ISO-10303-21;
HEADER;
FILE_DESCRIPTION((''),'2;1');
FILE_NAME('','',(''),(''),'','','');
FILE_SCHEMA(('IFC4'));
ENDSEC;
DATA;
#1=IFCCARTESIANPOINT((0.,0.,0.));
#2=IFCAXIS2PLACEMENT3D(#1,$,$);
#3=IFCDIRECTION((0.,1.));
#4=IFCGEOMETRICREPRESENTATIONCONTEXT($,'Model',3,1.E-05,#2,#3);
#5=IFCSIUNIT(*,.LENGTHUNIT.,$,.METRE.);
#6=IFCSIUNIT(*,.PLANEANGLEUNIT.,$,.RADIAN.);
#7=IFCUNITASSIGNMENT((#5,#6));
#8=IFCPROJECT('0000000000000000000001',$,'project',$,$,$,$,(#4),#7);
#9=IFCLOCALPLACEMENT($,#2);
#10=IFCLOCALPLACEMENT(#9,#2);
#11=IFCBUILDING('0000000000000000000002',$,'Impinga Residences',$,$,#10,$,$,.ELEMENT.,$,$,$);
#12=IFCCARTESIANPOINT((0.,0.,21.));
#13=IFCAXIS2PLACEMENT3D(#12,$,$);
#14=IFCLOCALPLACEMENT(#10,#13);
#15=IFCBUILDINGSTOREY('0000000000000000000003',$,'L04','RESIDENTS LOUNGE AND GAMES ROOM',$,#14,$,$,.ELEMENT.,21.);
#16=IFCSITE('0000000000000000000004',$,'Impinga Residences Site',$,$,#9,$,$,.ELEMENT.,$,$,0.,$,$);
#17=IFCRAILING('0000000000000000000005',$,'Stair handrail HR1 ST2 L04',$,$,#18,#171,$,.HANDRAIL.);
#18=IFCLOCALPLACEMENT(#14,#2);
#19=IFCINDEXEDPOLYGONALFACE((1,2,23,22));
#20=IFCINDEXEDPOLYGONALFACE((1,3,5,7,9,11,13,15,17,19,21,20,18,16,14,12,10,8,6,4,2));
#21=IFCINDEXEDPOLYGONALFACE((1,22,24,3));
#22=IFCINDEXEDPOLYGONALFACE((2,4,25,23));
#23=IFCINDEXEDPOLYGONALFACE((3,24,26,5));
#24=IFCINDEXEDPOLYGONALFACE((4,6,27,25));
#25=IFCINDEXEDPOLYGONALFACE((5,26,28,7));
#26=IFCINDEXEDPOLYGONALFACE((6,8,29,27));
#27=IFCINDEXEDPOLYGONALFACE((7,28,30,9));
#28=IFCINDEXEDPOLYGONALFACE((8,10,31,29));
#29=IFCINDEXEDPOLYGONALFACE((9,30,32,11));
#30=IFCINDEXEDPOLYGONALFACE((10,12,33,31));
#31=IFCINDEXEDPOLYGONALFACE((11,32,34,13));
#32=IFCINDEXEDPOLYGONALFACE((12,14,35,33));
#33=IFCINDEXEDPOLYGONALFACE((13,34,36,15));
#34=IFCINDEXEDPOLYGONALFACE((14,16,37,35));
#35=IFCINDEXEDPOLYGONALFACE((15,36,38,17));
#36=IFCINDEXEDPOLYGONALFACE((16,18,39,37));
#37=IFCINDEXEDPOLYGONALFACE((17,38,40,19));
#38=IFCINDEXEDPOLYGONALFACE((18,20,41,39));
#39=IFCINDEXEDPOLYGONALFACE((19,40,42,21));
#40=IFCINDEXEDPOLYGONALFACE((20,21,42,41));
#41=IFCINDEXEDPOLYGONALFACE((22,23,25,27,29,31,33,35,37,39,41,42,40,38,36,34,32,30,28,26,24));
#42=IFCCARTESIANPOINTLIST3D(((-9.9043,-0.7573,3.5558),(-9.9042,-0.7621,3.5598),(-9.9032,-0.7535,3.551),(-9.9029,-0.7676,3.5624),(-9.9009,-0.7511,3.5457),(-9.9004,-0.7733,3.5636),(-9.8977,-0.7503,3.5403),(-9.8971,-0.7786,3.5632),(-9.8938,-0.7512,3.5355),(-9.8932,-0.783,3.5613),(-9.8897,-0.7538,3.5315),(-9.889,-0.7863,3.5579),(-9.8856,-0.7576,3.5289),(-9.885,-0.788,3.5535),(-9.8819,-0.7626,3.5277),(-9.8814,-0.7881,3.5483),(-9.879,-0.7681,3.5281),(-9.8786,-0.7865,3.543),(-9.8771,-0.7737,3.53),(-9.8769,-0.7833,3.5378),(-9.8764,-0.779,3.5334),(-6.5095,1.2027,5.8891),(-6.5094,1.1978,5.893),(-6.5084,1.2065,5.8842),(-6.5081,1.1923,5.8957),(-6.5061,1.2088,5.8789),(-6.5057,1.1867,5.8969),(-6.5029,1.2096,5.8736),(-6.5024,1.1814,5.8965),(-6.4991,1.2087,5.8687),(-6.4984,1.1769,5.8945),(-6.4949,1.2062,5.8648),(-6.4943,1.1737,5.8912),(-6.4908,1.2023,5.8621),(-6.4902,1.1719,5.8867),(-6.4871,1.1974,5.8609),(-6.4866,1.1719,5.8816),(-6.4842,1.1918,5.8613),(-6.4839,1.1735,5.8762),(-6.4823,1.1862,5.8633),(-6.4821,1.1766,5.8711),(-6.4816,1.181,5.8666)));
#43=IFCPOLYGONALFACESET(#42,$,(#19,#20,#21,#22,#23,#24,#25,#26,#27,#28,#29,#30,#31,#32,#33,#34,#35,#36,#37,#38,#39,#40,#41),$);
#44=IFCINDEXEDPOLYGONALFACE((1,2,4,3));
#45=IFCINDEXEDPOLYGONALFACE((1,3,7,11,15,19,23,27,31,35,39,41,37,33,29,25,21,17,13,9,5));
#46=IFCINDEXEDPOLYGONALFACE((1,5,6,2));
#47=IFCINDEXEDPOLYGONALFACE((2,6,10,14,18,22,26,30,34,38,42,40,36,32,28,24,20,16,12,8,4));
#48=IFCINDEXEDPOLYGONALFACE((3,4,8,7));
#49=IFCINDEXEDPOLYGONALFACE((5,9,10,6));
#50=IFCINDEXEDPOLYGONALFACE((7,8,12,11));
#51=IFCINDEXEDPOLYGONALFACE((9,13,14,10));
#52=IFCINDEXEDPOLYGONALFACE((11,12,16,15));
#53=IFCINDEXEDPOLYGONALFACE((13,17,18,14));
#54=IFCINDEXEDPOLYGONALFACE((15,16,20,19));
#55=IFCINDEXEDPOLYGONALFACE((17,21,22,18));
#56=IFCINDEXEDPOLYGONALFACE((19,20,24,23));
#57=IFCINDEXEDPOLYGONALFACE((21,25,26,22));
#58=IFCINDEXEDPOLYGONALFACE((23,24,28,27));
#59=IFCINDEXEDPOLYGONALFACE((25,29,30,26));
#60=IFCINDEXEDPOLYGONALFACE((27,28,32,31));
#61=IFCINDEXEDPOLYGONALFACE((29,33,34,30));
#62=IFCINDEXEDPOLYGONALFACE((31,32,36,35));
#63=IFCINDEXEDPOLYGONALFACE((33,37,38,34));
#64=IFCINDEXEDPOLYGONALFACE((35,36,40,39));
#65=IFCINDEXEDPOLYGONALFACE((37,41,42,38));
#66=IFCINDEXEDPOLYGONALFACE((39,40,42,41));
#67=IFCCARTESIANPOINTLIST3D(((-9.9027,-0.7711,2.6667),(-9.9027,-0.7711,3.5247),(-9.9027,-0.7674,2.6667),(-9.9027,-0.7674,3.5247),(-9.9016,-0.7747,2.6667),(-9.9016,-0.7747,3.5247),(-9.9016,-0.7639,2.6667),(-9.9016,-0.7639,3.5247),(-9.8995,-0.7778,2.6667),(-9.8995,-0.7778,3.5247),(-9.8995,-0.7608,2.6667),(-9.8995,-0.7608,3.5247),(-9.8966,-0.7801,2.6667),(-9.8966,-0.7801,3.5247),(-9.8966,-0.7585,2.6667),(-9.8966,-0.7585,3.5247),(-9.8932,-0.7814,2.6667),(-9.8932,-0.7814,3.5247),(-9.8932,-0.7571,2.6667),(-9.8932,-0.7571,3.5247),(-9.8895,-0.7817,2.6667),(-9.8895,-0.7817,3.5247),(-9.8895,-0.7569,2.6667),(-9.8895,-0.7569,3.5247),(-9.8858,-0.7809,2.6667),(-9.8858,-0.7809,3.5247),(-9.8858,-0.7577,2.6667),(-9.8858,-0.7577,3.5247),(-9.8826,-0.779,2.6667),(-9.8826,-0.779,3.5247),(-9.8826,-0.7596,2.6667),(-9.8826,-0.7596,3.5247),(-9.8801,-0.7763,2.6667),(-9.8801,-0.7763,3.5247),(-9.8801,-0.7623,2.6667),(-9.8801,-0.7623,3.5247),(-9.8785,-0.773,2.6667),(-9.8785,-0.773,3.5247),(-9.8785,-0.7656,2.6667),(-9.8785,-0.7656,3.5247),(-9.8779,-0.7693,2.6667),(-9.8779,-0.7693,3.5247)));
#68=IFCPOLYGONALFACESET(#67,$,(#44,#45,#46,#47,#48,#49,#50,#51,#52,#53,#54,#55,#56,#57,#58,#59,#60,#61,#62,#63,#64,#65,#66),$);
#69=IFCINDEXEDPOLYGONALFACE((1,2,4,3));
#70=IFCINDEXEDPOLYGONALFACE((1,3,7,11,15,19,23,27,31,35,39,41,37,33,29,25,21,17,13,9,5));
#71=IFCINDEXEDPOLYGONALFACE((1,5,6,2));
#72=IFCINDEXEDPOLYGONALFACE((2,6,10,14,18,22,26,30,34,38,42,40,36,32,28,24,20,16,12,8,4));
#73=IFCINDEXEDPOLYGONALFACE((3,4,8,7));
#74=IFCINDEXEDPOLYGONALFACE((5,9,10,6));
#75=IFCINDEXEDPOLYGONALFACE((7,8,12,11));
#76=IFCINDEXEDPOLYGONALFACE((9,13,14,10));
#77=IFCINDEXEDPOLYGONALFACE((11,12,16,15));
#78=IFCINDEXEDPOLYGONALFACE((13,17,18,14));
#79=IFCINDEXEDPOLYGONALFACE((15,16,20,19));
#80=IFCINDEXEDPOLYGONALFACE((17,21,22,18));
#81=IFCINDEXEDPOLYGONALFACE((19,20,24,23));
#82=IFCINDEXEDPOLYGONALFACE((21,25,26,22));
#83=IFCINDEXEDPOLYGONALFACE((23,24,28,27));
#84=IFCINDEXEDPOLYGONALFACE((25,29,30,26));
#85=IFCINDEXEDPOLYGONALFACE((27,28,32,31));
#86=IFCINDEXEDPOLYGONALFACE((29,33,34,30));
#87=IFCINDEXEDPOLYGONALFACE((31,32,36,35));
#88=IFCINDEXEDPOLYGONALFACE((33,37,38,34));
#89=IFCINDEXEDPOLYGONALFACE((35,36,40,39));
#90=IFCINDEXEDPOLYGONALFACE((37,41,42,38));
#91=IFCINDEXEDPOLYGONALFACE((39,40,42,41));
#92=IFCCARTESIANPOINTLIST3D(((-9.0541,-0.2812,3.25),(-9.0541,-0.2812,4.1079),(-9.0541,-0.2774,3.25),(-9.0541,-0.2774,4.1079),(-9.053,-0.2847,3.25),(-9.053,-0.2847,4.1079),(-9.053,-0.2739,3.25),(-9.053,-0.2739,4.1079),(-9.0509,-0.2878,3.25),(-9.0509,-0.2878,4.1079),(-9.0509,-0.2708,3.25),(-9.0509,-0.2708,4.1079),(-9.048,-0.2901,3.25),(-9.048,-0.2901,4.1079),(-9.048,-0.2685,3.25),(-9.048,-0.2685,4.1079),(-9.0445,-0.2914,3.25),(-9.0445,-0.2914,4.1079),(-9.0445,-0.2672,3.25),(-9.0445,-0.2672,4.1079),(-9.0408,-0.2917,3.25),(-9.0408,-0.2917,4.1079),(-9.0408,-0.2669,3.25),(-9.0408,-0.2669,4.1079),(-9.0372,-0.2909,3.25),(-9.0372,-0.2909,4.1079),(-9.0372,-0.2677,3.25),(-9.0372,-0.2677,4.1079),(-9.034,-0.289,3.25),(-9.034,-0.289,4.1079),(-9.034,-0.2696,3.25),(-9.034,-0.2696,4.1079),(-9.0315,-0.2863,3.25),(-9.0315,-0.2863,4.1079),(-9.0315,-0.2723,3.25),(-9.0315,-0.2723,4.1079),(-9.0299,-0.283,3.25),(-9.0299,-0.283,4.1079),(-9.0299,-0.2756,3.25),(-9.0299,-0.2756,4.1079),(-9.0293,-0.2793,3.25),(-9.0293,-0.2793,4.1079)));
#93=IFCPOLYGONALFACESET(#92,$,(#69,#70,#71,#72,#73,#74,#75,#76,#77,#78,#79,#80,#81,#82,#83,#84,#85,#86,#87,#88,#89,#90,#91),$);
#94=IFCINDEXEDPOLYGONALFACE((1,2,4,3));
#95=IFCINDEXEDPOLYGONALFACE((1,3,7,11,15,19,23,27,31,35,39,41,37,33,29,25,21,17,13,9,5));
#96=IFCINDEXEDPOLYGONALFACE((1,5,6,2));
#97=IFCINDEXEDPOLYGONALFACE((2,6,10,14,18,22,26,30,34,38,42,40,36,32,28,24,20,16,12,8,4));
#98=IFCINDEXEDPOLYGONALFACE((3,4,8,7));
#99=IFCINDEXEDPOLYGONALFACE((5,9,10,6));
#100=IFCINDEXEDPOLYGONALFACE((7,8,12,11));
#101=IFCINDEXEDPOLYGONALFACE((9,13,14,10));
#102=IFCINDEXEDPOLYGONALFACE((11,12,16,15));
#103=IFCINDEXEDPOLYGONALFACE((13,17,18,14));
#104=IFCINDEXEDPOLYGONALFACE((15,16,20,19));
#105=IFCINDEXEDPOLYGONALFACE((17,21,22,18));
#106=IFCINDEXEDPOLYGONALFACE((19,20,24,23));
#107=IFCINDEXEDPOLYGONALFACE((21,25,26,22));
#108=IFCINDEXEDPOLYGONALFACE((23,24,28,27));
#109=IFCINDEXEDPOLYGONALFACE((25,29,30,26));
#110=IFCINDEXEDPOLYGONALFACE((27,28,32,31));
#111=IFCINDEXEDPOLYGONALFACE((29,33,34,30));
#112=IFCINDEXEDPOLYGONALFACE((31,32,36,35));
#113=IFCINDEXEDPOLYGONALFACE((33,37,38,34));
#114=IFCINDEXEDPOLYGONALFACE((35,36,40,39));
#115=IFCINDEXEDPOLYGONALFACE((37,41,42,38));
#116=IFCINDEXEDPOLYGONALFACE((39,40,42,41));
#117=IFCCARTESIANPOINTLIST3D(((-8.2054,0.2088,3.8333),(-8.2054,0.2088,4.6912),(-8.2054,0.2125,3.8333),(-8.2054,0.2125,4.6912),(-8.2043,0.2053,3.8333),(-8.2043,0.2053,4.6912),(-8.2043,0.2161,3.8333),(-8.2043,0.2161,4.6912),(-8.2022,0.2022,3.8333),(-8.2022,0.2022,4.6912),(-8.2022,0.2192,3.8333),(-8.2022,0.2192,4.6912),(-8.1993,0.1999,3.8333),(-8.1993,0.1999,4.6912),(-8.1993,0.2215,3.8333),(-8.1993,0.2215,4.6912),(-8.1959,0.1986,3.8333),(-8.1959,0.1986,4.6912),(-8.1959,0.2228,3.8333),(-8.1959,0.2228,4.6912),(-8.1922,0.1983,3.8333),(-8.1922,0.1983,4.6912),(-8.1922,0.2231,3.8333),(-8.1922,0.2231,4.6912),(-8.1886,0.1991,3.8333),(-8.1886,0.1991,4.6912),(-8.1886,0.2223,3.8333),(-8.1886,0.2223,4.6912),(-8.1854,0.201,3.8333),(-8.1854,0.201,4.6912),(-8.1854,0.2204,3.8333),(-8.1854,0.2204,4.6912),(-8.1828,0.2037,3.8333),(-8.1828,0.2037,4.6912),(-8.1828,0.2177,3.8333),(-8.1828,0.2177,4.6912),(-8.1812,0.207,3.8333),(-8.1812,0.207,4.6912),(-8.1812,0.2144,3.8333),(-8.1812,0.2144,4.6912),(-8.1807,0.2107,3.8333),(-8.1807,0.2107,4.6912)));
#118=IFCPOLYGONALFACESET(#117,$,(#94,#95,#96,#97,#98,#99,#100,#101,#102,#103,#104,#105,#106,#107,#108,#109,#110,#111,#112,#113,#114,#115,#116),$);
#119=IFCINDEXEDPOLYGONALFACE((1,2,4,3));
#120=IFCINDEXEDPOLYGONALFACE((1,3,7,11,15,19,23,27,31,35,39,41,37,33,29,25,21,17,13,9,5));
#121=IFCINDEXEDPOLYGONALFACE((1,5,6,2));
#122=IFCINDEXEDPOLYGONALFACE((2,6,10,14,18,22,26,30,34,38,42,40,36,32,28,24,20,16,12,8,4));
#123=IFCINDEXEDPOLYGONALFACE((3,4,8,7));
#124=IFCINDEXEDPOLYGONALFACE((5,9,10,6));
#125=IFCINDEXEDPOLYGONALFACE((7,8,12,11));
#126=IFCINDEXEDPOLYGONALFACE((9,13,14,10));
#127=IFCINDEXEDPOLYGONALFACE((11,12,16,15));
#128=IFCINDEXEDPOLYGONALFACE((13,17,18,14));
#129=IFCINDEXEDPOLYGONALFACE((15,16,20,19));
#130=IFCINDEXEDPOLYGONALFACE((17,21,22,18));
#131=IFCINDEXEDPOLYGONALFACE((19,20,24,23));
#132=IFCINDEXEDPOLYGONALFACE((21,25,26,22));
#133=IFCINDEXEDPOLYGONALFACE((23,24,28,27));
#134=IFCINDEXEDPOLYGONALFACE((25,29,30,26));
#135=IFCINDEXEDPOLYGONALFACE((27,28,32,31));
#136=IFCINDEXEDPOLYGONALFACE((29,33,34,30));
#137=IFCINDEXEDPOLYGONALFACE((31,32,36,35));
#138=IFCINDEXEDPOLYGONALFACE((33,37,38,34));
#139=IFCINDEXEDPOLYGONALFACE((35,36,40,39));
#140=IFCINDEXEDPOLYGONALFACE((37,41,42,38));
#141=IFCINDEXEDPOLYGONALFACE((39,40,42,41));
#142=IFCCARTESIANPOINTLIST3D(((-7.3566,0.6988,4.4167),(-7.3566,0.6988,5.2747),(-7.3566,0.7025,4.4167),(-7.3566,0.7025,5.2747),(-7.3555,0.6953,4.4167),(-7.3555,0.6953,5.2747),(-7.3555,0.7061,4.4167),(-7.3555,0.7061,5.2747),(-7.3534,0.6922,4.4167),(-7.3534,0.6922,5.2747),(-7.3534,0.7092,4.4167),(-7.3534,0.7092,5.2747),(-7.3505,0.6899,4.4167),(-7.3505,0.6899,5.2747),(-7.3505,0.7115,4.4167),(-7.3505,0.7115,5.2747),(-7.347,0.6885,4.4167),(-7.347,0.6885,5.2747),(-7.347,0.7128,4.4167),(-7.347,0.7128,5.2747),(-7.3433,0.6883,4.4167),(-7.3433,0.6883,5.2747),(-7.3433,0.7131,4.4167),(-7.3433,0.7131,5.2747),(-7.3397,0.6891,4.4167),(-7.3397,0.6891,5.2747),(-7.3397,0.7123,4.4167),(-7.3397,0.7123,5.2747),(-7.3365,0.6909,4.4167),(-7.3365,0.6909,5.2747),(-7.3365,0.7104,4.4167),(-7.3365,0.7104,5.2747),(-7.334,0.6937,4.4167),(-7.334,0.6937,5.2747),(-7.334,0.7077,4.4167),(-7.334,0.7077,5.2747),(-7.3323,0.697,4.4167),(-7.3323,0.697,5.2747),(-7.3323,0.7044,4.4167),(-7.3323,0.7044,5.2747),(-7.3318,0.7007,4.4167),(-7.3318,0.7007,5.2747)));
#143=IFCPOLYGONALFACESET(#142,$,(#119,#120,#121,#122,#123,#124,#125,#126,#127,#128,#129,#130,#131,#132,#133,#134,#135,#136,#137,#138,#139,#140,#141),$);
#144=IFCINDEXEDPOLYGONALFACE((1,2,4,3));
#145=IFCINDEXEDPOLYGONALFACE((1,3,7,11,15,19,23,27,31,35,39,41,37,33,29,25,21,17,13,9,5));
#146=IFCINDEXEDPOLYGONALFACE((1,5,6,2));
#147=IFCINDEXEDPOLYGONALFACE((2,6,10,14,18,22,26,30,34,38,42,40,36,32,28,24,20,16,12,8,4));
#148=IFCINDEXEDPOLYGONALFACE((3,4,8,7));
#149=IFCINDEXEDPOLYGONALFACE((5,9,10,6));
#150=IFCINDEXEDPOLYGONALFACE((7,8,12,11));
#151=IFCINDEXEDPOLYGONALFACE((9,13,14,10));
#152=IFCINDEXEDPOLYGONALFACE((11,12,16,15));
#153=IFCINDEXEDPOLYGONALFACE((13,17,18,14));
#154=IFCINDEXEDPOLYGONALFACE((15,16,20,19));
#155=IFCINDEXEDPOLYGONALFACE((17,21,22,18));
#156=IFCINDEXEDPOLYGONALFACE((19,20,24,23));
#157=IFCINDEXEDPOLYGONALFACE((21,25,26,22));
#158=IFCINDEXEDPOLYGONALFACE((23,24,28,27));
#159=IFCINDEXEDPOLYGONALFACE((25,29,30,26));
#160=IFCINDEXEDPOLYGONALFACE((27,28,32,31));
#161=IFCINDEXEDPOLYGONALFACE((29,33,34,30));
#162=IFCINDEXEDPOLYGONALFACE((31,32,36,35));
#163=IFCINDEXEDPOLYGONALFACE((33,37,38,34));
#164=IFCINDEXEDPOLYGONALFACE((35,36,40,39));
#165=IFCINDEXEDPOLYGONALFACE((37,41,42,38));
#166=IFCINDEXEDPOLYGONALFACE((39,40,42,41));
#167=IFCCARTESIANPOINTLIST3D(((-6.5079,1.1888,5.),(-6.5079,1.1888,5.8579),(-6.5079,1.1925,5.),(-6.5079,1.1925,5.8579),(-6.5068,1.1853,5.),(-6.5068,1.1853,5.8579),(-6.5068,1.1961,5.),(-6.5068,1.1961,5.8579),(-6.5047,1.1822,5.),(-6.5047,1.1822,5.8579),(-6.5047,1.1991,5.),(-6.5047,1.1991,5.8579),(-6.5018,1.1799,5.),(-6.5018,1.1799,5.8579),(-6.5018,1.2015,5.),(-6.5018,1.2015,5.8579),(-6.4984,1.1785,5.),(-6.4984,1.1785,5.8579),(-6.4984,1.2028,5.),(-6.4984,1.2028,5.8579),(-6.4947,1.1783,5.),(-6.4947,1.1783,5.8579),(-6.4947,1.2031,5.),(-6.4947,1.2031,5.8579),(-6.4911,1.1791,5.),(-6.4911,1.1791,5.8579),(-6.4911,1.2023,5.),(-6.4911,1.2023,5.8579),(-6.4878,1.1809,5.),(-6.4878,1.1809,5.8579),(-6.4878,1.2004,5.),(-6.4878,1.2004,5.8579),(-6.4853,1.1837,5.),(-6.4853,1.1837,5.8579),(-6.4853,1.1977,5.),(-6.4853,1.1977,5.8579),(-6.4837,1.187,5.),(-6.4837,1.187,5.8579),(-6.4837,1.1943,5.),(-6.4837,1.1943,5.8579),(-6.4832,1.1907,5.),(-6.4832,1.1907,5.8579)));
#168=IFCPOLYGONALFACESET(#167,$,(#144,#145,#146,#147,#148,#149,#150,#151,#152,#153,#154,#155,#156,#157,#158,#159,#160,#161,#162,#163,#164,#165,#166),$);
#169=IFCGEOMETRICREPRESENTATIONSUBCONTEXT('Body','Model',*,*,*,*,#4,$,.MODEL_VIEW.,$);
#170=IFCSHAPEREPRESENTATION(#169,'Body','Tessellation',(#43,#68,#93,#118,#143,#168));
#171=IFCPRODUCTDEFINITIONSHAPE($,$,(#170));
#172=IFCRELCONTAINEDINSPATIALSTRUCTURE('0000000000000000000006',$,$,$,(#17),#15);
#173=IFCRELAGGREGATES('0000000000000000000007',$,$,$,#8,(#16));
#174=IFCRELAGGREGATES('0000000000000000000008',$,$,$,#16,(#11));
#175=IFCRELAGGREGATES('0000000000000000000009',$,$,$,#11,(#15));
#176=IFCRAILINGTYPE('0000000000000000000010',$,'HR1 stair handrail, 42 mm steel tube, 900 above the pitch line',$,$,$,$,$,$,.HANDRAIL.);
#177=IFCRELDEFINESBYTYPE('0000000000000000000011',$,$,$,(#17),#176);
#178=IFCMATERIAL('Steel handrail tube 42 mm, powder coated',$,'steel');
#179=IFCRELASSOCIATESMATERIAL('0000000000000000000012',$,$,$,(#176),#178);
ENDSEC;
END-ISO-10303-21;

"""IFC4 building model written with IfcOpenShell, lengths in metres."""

from ifc_helpers import new_model, si_unit, direction, frame, origin, origin_2d, place, context, subcontext, project, spatial, circle, extrude, material, type_object, element, save


model = new_model("IFC4")

# Units and contexts
model_context = context("Model", 3, precision=1e-05, world=origin(), true_north=direction((0.0, 1.0)))
body_context = subcontext(model_context, "Body", "Model", "MODEL_VIEW")
ifc_project = project(units=[si_unit("LENGTHUNIT", "METRE"), si_unit("PLANEANGLEUNIT", "RADIAN")], contexts=[model_context])

# Site, building, storey
site_placement = place(None, origin())
site = spatial("IfcSite", under=ifc_project, at=site_placement, Name="Impinga Residences Site", CompositionType="ELEMENT", RefElevation=0.0)
building_placement = place(site_placement, origin())
building = spatial("IfcBuilding", under=site, at=building_placement, Name="Impinga Residences", CompositionType="ELEMENT")
storey_placement = place(building_placement, frame((0.0, 0.0, 21.0)))
storey = spatial("IfcBuildingStorey", under=building, at=storey_placement, Name="L04", Description="RESIDENTS LOUNGE AND GAMES ROOM", CompositionType="ELEMENT", Elevation=21.0)

# Railing
ifc_material_1 = material(Name="Steel handrail tube 42 mm, powder coated", Category="steel")
railing_type_1 = type_object("IfcRailingType", Name="HR1 stair handrail, 42 mm steel tube, 900 above the pitch line", PredefinedType="HANDRAIL", material=ifc_material_1)
railing_1_placement = place(storey_placement, frame((-9.8904, -0.7693, 2.6667)))
element("IfcRailing", 1, at=railing_1_placement, inside=storey, type_object=railing_type_1, Name="Stair handrail HR1 ST2 L04", PredefinedType="HANDRAIL", context=body_context, shape_type="SweptSolid", body=[
    extrude(circle(Radius=0.021, at=origin_2d()), frame((0.0, 0.0, 0.8789), z_axis=(0.744175, 0.429646, 0.511476), x_axis=(-0.499997, 0.866027, 0.0)), (0.0, 0.0, 1.0), 4.5618),
    extrude(circle(Radius=0.0125, at=origin_2d()), origin(), (0.0, 0.0, 1.0), 0.8579),
    extrude(circle(Radius=0.0125, at=origin_2d()), frame((0.8486, 0.49, 0.5833)), (0.0, 0.0, 1.0), 0.8579),
    extrude(circle(Radius=0.0125, at=origin_2d()), frame((1.6973, 0.98, 1.1665)), (0.0, 0.0, 1.0), 0.8579),
    extrude(circle(Radius=0.0125, at=origin_2d()), frame((2.5461, 1.47, 1.75)), (0.0, 0.0, 1.0), 0.8579),
    extrude(circle(Radius=0.0125, at=origin_2d()), frame((3.3948, 1.96, 2.3333)), (0.0, 0.0, 1.0), 0.8579),
])

save(model, "model.ifc")
